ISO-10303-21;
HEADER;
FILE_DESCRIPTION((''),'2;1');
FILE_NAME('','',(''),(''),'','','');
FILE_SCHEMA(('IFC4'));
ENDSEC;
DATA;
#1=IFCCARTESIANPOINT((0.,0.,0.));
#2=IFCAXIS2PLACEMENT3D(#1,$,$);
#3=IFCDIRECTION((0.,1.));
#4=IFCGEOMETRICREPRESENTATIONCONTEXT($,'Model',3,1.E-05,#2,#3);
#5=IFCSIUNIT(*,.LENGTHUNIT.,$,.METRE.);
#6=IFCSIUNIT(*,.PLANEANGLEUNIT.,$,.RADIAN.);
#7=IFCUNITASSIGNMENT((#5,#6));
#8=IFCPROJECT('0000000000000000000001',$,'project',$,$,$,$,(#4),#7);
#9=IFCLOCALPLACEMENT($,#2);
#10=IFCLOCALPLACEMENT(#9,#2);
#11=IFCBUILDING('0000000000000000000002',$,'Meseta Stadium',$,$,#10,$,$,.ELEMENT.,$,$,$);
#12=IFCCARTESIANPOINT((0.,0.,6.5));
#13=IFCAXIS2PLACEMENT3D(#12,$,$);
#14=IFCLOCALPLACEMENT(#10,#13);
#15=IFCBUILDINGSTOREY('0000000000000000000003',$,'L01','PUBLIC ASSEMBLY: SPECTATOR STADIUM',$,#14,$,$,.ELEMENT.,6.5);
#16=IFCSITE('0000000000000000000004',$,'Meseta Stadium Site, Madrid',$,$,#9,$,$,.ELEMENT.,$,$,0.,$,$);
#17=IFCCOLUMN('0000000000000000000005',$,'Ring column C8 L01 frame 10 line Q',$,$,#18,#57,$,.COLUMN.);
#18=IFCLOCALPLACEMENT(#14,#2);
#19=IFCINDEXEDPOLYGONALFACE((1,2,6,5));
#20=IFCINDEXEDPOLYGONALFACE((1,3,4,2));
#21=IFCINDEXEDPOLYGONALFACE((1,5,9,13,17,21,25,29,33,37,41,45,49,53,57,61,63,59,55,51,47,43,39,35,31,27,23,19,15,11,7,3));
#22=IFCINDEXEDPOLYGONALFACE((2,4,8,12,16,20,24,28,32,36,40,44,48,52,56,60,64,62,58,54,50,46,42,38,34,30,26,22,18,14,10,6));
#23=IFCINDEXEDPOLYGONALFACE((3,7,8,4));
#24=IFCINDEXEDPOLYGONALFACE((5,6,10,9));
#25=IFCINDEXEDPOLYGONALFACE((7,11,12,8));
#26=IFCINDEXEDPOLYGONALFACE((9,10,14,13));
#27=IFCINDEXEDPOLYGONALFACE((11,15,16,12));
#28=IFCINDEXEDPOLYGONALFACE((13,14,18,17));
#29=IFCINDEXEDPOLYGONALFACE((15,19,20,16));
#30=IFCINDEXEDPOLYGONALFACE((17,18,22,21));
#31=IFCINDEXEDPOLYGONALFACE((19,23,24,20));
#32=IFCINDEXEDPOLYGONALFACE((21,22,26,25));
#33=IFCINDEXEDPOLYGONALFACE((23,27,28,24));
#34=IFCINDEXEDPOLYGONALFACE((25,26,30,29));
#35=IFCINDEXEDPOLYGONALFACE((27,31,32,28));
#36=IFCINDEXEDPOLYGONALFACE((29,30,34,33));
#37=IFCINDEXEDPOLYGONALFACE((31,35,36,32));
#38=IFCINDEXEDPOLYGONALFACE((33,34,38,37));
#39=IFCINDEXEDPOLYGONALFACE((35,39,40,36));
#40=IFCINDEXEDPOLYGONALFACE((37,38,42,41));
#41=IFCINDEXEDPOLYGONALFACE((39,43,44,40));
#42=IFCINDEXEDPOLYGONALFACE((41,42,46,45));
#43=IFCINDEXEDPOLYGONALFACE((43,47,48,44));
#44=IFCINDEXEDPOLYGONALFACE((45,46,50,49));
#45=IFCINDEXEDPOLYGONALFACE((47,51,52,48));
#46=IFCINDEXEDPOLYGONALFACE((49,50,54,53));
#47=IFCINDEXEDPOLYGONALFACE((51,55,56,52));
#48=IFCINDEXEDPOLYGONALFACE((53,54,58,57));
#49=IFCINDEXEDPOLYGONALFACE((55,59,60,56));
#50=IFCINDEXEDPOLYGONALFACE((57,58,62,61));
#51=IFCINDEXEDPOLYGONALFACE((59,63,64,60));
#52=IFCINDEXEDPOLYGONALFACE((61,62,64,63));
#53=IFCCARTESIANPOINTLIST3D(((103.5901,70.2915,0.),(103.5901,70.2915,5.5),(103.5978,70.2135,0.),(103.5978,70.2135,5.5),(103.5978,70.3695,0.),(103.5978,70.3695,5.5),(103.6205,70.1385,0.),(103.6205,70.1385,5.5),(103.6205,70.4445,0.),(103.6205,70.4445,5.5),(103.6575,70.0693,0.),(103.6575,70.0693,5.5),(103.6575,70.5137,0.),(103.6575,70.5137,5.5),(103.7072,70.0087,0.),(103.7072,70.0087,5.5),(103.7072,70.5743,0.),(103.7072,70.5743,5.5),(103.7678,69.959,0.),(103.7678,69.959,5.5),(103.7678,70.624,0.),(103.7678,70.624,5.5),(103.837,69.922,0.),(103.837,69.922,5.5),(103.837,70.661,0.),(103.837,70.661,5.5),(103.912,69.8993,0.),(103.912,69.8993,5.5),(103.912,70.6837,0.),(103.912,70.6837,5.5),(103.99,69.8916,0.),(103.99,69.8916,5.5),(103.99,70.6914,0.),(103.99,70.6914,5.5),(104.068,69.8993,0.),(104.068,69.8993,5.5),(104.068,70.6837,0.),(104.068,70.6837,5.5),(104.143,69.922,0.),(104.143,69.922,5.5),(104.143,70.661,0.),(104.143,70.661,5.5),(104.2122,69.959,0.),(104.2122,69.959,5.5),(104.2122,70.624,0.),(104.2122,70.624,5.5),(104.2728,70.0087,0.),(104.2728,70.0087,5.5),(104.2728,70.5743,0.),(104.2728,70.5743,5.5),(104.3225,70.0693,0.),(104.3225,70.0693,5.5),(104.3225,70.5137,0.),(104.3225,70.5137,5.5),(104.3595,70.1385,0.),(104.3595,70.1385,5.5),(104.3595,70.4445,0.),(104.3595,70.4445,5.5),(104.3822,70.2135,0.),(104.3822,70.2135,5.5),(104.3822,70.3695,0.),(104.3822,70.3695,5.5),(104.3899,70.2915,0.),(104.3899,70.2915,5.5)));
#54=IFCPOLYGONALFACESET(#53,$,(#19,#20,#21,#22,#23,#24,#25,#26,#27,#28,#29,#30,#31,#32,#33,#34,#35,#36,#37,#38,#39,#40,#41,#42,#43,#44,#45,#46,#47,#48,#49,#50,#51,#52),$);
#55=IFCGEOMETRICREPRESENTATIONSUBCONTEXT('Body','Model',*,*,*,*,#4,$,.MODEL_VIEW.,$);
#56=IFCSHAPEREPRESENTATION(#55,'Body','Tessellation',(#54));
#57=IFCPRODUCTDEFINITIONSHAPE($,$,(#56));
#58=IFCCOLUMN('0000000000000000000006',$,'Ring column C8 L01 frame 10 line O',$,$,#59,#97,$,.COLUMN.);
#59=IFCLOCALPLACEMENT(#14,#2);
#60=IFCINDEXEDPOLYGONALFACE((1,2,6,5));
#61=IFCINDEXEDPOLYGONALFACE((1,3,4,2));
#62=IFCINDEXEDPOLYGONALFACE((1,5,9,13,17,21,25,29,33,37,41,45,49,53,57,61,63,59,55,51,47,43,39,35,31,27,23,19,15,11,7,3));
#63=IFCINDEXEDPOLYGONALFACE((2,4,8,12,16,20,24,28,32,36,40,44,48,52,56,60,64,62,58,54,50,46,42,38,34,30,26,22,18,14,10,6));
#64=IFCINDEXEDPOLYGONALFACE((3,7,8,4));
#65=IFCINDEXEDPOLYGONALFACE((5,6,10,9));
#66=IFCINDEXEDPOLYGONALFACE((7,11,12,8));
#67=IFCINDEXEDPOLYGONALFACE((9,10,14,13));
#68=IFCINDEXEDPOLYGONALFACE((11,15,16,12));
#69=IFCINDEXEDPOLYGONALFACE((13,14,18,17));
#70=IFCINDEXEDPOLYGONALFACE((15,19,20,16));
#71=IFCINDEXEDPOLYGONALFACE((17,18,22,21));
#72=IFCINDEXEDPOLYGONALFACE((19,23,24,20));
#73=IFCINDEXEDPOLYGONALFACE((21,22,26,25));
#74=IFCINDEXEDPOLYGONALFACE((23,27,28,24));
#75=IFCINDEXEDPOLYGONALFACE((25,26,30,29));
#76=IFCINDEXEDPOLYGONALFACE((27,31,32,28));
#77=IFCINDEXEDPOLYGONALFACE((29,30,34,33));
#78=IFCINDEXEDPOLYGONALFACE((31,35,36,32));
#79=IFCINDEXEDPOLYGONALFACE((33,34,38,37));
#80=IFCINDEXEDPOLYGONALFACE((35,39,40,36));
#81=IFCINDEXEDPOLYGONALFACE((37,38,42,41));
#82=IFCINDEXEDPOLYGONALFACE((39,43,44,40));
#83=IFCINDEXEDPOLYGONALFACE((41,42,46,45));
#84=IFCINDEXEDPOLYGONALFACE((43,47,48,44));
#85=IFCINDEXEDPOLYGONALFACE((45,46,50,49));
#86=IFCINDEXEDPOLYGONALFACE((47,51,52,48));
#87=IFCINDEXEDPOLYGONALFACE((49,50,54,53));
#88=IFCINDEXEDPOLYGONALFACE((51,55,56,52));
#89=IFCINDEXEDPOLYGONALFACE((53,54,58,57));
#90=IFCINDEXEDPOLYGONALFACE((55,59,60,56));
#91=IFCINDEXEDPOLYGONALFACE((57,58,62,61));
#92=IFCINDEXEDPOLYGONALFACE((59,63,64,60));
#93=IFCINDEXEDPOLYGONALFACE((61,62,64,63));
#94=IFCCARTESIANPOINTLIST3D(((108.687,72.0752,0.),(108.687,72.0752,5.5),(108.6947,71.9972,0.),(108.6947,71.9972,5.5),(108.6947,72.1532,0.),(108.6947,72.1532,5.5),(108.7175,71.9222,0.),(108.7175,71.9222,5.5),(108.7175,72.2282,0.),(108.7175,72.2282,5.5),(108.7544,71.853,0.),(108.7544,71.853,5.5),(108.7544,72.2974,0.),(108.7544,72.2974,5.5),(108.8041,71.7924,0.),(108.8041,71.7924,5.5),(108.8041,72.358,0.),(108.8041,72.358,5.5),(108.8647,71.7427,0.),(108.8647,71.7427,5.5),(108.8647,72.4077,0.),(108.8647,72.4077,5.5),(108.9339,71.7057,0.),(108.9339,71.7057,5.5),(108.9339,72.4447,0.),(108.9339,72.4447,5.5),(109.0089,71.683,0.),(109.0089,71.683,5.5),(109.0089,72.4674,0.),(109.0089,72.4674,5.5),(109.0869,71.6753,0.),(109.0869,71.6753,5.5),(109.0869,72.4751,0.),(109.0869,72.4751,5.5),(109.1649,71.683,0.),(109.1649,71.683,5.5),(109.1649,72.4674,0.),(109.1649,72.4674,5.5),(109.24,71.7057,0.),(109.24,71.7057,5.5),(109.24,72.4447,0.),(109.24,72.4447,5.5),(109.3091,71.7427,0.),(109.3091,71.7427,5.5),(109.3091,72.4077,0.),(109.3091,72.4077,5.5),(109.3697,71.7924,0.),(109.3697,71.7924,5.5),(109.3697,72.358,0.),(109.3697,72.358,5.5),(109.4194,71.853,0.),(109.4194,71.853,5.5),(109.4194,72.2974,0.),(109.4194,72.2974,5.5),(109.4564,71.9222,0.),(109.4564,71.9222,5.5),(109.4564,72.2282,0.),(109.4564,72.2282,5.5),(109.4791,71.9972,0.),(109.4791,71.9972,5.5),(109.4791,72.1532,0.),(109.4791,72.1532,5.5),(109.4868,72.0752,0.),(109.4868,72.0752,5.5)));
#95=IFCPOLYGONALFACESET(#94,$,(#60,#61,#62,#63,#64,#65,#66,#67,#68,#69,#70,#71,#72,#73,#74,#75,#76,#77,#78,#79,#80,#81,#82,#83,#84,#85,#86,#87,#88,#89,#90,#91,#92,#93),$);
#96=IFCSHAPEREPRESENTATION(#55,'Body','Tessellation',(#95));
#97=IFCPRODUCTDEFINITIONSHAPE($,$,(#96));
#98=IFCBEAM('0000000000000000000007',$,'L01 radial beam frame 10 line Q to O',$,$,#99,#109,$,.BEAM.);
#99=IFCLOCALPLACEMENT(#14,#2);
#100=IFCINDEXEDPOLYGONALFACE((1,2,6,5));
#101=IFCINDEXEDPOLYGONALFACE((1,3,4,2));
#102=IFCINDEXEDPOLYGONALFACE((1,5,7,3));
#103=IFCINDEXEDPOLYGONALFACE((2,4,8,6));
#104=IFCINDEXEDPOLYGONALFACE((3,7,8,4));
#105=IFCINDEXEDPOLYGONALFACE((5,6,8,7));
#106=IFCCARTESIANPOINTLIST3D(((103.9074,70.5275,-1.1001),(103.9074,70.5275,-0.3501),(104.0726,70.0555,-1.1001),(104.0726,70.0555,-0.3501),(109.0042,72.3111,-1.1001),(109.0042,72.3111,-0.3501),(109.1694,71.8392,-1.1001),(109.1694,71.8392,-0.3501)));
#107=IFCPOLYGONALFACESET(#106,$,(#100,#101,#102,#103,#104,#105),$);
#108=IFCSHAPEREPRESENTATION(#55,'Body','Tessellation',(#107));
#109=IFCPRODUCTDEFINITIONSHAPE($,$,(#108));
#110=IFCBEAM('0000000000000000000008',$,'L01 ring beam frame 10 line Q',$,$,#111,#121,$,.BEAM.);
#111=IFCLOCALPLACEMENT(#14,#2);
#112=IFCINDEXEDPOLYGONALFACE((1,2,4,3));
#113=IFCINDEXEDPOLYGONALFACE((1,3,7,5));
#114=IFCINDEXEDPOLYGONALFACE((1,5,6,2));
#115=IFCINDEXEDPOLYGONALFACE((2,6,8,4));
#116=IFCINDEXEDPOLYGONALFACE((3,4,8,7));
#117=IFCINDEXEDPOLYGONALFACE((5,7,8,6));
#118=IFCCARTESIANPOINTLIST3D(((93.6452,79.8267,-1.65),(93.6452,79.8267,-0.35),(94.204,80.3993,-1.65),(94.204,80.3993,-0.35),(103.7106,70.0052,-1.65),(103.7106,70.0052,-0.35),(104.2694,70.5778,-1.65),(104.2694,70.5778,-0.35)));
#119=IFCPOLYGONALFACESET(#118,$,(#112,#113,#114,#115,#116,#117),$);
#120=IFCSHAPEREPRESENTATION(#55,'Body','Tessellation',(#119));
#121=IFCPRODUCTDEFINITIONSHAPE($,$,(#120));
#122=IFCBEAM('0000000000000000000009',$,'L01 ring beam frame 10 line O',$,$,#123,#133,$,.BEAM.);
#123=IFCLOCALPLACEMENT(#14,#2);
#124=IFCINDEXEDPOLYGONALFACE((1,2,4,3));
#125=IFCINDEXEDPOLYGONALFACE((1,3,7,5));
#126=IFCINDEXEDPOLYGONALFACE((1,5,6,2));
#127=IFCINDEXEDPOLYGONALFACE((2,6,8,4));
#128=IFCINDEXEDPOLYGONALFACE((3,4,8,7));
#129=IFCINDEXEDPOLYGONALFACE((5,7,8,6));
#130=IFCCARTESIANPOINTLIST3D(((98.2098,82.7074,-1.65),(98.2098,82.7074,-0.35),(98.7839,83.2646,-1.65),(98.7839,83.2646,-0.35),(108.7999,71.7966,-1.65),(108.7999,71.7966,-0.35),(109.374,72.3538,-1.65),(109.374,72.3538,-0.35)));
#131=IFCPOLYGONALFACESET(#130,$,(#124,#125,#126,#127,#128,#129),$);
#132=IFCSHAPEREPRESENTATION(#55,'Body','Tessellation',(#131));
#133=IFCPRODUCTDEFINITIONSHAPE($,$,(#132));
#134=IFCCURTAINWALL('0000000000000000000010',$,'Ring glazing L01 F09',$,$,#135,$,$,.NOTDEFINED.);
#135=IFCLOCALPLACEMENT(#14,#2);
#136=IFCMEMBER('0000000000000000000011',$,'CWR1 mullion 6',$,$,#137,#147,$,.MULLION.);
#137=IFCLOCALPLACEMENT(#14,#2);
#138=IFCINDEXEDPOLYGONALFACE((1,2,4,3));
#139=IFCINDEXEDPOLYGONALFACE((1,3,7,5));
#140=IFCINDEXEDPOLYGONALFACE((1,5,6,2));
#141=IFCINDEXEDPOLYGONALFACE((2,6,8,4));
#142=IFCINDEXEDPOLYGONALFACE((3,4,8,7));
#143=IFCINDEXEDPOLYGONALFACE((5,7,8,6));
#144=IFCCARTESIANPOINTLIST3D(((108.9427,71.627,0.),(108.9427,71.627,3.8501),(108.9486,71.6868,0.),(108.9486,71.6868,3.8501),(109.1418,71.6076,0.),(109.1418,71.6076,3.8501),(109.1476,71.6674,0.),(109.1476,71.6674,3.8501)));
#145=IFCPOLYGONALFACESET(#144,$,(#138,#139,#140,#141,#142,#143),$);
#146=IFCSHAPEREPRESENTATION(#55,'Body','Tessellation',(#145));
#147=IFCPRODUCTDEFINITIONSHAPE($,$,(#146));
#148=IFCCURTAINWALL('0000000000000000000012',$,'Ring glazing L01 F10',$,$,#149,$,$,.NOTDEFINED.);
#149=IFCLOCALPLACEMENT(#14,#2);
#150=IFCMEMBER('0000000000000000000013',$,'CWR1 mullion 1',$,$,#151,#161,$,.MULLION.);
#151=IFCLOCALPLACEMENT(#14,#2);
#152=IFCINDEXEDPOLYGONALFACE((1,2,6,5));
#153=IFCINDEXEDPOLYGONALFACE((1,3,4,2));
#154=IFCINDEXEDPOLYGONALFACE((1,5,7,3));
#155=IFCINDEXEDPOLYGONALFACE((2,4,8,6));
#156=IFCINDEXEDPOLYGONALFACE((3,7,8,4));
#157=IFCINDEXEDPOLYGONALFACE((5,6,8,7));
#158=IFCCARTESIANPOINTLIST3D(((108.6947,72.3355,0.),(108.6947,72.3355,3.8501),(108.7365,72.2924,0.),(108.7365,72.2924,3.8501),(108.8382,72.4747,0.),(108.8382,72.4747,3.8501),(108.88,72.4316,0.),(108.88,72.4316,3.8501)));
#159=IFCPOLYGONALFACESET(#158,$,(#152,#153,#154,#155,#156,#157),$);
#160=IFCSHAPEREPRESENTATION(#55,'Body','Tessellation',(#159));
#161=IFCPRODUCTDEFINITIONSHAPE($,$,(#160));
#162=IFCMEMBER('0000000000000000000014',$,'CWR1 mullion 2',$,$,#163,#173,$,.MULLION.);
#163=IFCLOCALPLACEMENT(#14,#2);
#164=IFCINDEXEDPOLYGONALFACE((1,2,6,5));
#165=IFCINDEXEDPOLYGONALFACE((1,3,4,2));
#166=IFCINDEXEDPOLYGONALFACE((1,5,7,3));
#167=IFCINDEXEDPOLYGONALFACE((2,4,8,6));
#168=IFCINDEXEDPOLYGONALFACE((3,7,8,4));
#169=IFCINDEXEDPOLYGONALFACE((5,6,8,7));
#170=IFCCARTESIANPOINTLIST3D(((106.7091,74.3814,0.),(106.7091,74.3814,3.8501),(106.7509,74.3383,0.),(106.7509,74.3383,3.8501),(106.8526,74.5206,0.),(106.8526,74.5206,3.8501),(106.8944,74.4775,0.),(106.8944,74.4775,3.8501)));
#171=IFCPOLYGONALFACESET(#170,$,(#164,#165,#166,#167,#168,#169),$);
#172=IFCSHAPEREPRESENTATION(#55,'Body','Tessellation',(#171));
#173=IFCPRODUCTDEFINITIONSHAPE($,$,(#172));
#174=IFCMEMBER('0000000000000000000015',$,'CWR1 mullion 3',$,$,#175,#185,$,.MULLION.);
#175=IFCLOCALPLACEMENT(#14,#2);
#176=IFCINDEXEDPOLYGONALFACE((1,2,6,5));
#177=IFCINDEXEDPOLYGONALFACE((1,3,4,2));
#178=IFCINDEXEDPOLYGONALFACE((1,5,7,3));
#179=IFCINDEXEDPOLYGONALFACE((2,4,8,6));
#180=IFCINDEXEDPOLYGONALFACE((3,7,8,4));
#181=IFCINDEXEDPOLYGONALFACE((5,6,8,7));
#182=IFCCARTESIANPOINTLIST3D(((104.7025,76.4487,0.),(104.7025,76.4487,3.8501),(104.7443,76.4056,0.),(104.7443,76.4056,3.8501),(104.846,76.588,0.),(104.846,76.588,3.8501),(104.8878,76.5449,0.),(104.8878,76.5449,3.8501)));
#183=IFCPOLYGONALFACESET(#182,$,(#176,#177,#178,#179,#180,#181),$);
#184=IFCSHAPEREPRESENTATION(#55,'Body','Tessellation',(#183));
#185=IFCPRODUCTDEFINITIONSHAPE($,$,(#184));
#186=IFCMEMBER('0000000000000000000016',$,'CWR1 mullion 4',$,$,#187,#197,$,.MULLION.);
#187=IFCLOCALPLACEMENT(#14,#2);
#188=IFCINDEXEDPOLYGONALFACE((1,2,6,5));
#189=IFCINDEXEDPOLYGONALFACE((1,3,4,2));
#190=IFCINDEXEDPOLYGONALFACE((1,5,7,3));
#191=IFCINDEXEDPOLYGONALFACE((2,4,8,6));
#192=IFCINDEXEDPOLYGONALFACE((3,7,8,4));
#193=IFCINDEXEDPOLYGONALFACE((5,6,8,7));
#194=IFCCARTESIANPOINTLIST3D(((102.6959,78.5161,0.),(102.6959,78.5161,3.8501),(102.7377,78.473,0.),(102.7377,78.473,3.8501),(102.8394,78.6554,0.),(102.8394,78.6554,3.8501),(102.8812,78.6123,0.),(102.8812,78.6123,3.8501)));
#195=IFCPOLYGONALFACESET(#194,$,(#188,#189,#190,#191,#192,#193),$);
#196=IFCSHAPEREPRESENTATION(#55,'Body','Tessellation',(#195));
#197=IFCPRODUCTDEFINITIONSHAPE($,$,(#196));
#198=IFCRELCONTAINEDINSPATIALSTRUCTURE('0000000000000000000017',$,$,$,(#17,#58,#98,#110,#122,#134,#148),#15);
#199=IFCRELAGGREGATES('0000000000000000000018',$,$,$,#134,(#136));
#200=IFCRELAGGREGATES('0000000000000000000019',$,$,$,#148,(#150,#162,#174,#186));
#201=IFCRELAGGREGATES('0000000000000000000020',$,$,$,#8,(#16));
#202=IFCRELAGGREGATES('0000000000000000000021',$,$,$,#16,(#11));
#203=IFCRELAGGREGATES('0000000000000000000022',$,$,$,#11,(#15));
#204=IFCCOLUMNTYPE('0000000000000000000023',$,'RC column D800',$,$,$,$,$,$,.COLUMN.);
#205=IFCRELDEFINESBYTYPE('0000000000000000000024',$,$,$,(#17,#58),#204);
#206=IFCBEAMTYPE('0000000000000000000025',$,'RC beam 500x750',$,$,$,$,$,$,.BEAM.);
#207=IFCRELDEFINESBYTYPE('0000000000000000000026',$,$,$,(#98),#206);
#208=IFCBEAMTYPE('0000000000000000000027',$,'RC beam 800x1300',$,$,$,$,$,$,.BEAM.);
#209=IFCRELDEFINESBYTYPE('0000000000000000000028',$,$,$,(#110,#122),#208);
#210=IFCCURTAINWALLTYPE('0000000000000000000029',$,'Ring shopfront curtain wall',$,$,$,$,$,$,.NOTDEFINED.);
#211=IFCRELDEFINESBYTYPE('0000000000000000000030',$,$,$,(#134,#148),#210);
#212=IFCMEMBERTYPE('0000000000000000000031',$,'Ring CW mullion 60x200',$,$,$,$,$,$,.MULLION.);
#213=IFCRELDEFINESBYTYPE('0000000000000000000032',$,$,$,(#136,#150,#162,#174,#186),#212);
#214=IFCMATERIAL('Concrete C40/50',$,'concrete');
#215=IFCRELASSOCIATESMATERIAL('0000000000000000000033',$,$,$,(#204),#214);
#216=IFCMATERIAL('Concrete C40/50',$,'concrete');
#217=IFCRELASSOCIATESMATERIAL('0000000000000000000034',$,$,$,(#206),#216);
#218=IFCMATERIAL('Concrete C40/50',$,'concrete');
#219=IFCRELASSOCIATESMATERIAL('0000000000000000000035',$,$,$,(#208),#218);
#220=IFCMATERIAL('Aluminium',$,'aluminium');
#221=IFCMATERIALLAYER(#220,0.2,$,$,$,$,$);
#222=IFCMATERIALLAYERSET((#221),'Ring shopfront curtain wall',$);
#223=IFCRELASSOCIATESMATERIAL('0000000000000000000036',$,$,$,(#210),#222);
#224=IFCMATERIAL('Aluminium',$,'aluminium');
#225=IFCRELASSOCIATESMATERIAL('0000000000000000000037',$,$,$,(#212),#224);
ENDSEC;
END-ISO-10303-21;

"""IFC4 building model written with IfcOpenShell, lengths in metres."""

from ifc_helpers import new_model, si_unit, direction, frame, origin, origin_2d, place, context, subcontext, project, spatial, rectangle, circle, extrude, material, layer, layer_set, material_profile, profile_set, type_object, element, aggregate, save


model = new_model("IFC4")

# Units and contexts
model_context = context("Model", 3, precision=1e-05, world=origin(), true_north=direction((0.0, 1.0)))
body_context = subcontext(model_context, "Body", "Model", "MODEL_VIEW")
ifc_project = project(units=[si_unit("LENGTHUNIT", "METRE"), si_unit("PLANEANGLEUNIT", "RADIAN")], contexts=[model_context])

# Site, building, storey
site_placement = place(None, origin())
site = spatial("IfcSite", under=ifc_project, at=site_placement, Name="Meseta Stadium Site, Madrid", CompositionType="ELEMENT", RefElevation=0.0)
building_placement = place(site_placement, origin())
building = spatial("IfcBuilding", under=site, at=building_placement, Name="Meseta Stadium", CompositionType="ELEMENT")
storey_placement = place(building_placement, frame((0.0, 0.0, 6.5)))
storey = spatial("IfcBuildingStorey", under=building, at=storey_placement, Name="L01", Description="PUBLIC ASSEMBLY: SPECTATOR STADIUM", CompositionType="ELEMENT", Elevation=6.5)

# Columns
ifc_material_1 = material(Name="Concrete C40/50", Category="concrete")
ifc_material_profile_1 = material_profile(ifc_material_1, circle(Radius=0.3999, at=origin_2d()), Name="RC D800")
ifc_profile_set_1 = profile_set([ifc_material_profile_1], Name="Concrete C40/50")
column_type = type_object("IfcColumnType", Name="RC column D800", PredefinedType="COLUMN", material=ifc_profile_set_1)
for number, where, z_axis, x_axis, name in (
    (1, (103.99, 70.2915, 0.0), (0.0, 0.0, 1.0), (1.0, 0.0, 0.0), "Ring column C8 L01 frame 10 line Q"),
    (2, (109.0869, 72.0752, 0.0), (0.0, 0.0, 1.0), (1.0, 0.0, 0.0), "Ring column C8 L01 frame 10 line O"),
):
    element("IfcColumn", number, at=place(storey_placement, frame(where, z_axis=z_axis, x_axis=x_axis)), inside=storey, type_object=column_type, Name=name, PredefinedType="COLUMN", context=body_context, shape_type="SweptSolid", body=[
        extrude(circle(Radius=0.3999, at=origin_2d()), origin(), (0.0, 0.0, 1.0), 5.5),
    ])

# Beams
ifc_material_2 = material(Name="Concrete C40/50", Category="concrete")
ifc_material_profile_2 = material_profile(ifc_material_2, rectangle(XDim=0.5, YDim=0.75, at=origin_2d()), Name="RC 500x750")
ifc_profile_set_2 = profile_set([ifc_material_profile_2], Name="Concrete C40/50")
beam_type_1 = type_object("IfcBeamType", Name="RC beam 500x750", PredefinedType="BEAM", material=ifc_profile_set_2)
beam_1_placement = place(storey_placement, frame((103.99, 70.2915, -0.7251), z_axis=(0.943872, 0.330312, 0.0), x_axis=(-0.330312, 0.943872, 0.0)))
element("IfcBeam", 3, at=beam_1_placement, inside=storey, type_object=beam_type_1, Name="L01 radial beam frame 10 line Q to O", PredefinedType="BEAM", context=body_context, shape_type="SweptSolid", body=[
    extrude(rectangle(XDim=0.5, YDim=0.75, at=origin_2d()), origin(), (0.0, 0.0, 1.0), 5.3999),
])
ifc_material_3 = material(Name="Concrete C40/50", Category="concrete")
ifc_material_profile_3 = material_profile(ifc_material_3, rectangle(XDim=0.8, YDim=1.3, at=origin_2d()), Name="RC 800x1300")
ifc_profile_set_3 = profile_set([ifc_material_profile_3], Name="Concrete C40/50")
beam_type_2 = type_object("IfcBeamType", Name="RC beam 800x1300", PredefinedType="BEAM", material=ifc_profile_set_3)
beam_2_placement = place(storey_placement, frame((103.99, 70.2915, -1.0), z_axis=(-0.715725, 0.698382, 0.0), x_axis=(-0.698382, -0.715725, 0.0)))
element("IfcBeam", 4, at=beam_2_placement, inside=storey, type_object=beam_type_2, Name="L01 ring beam frame 10 line Q", PredefinedType="BEAM", context=body_context, shape_type="SweptSolid", body=[
    extrude(rectangle(XDim=0.8, YDim=1.3, at=origin_2d()), origin(), (0.0, 0.0, 1.0), 14.0632),
])
beam_3_placement = place(storey_placement, frame((109.0869, 72.0752, -1.0), z_axis=(-0.696479, 0.717577, 0.0), x_axis=(-0.717577, -0.696479, 0.0)))
element("IfcBeam", 5, at=beam_3_placement, inside=storey, type_object=beam_type_2, Name="L01 ring beam frame 10 line O", PredefinedType="BEAM", context=body_context, shape_type="SweptSolid", body=[
    extrude(rectangle(XDim=0.8, YDim=1.3, at=origin_2d()), origin(), (0.0, 0.0, 1.0), 15.2051),
])

# Curtain wall, member
ifc_material_4 = material(Name="Aluminium", Category="aluminium")
ifc_layer_1 = layer(ifc_material_4, 0.2)
ifc_layer_set_1 = layer_set([ifc_layer_1], Name="Ring shopfront curtain wall")
curtain_wall_type = type_object("IfcCurtainWallType", Name="Ring shopfront curtain wall", PredefinedType="NOTDEFINED", material=ifc_layer_set_1)
curtain_wall_1_placement = place(storey_placement, origin())
curtain_wall_1 = element("IfcCurtainWall", 6, at=curtain_wall_1_placement, inside=storey, type_object=curtain_wall_type, Name="Ring glazing L01 F09", PredefinedType="NOTDEFINED")
ifc_material_5 = material(Name="Aluminium", Category="aluminium")
ifc_material_profile_4 = material_profile(ifc_material_5, rectangle(XDim=0.2, YDim=0.0601, at=origin_2d()), Name="CW 200x60")
ifc_profile_set_4 = profile_set([ifc_material_profile_4], Name="Aluminium")
member_type_1 = type_object("IfcMemberType", Name="Ring CW mullion 60x200", PredefinedType="MULLION", material=ifc_profile_set_4)
member_1_placement = place(storey_placement, frame((109.0452, 71.6472, 0.0), z_axis=(0.0, 0.0, 1.0), x_axis=(-0.995272, 0.097125, 0.0)))
member_1 = element("IfcMember", 7, at=member_1_placement, type_object=member_type_1, Name="CWR1 mullion 6", PredefinedType="MULLION", context=body_context, shape_type="SweptSolid", body=[
    extrude(rectangle(XDim=0.2, YDim=0.0601, at=origin_2d()), origin(), (0.0, 0.0, 1.0), 3.8501),
])

# Curtain wall, members
curtain_wall_2_placement = place(storey_placement, origin())
curtain_wall_2 = element("IfcCurtainWall", 8, at=curtain_wall_2_placement, inside=storey, type_object=curtain_wall_type, Name="Ring glazing L01 F10", PredefinedType="NOTDEFINED")
member_2_placement = place(storey_placement, frame((108.7874, 72.3835, 0.0), z_axis=(0.0, 0.0, 1.0), x_axis=(-0.717583, -0.696473, 0.0)))
member_2 = element("IfcMember", 9, at=member_2_placement, type_object=member_type_1, Name="CWR1 mullion 1", PredefinedType="MULLION", context=body_context, shape_type="SweptSolid", body=[
    extrude(rectangle(XDim=0.2, YDim=0.0601, at=origin_2d()), origin(), (0.0, 0.0, 1.0), 3.8501),
])
member_3_placement = place(storey_placement, frame((106.8018, 74.4294, 0.0), z_axis=(0.0, 0.0, 1.0), x_axis=(-0.717583, -0.696473, 0.0)))
member_3 = element("IfcMember", 10, at=member_3_placement, type_object=member_type_1, Name="CWR1 mullion 2", PredefinedType="MULLION", context=body_context, shape_type="SweptSolid", body=[
    extrude(rectangle(XDim=0.2, YDim=0.0601, at=origin_2d()), origin(), (0.0, 0.0, 1.0), 3.8501),
])
member_4_placement = place(storey_placement, frame((104.7952, 76.4968, 0.0), z_axis=(0.0, 0.0, 1.0), x_axis=(-0.717583, -0.696473, 0.0)))
member_4 = element("IfcMember", 11, at=member_4_placement, type_object=member_type_1, Name="CWR1 mullion 3", PredefinedType="MULLION", context=body_context, shape_type="SweptSolid", body=[
    extrude(rectangle(XDim=0.2, YDim=0.0601, at=origin_2d()), origin(), (0.0, 0.0, 1.0), 3.8501),
])
member_5_placement = place(storey_placement, frame((102.7886, 78.5642, 0.0), z_axis=(0.0, 0.0, 1.0), x_axis=(-0.717583, -0.696473, 0.0)))
member_5 = element("IfcMember", 12, at=member_5_placement, type_object=member_type_1, Name="CWR1 mullion 4", PredefinedType="MULLION", context=body_context, shape_type="SweptSolid", body=[
    extrude(rectangle(XDim=0.2, YDim=0.0601, at=origin_2d()), origin(), (0.0, 0.0, 1.0), 3.8501),
])

aggregate(curtain_wall_1, [member_1])
aggregate(curtain_wall_2, [member_2, member_3, member_4, member_5])

save(model, "model.ifc")
